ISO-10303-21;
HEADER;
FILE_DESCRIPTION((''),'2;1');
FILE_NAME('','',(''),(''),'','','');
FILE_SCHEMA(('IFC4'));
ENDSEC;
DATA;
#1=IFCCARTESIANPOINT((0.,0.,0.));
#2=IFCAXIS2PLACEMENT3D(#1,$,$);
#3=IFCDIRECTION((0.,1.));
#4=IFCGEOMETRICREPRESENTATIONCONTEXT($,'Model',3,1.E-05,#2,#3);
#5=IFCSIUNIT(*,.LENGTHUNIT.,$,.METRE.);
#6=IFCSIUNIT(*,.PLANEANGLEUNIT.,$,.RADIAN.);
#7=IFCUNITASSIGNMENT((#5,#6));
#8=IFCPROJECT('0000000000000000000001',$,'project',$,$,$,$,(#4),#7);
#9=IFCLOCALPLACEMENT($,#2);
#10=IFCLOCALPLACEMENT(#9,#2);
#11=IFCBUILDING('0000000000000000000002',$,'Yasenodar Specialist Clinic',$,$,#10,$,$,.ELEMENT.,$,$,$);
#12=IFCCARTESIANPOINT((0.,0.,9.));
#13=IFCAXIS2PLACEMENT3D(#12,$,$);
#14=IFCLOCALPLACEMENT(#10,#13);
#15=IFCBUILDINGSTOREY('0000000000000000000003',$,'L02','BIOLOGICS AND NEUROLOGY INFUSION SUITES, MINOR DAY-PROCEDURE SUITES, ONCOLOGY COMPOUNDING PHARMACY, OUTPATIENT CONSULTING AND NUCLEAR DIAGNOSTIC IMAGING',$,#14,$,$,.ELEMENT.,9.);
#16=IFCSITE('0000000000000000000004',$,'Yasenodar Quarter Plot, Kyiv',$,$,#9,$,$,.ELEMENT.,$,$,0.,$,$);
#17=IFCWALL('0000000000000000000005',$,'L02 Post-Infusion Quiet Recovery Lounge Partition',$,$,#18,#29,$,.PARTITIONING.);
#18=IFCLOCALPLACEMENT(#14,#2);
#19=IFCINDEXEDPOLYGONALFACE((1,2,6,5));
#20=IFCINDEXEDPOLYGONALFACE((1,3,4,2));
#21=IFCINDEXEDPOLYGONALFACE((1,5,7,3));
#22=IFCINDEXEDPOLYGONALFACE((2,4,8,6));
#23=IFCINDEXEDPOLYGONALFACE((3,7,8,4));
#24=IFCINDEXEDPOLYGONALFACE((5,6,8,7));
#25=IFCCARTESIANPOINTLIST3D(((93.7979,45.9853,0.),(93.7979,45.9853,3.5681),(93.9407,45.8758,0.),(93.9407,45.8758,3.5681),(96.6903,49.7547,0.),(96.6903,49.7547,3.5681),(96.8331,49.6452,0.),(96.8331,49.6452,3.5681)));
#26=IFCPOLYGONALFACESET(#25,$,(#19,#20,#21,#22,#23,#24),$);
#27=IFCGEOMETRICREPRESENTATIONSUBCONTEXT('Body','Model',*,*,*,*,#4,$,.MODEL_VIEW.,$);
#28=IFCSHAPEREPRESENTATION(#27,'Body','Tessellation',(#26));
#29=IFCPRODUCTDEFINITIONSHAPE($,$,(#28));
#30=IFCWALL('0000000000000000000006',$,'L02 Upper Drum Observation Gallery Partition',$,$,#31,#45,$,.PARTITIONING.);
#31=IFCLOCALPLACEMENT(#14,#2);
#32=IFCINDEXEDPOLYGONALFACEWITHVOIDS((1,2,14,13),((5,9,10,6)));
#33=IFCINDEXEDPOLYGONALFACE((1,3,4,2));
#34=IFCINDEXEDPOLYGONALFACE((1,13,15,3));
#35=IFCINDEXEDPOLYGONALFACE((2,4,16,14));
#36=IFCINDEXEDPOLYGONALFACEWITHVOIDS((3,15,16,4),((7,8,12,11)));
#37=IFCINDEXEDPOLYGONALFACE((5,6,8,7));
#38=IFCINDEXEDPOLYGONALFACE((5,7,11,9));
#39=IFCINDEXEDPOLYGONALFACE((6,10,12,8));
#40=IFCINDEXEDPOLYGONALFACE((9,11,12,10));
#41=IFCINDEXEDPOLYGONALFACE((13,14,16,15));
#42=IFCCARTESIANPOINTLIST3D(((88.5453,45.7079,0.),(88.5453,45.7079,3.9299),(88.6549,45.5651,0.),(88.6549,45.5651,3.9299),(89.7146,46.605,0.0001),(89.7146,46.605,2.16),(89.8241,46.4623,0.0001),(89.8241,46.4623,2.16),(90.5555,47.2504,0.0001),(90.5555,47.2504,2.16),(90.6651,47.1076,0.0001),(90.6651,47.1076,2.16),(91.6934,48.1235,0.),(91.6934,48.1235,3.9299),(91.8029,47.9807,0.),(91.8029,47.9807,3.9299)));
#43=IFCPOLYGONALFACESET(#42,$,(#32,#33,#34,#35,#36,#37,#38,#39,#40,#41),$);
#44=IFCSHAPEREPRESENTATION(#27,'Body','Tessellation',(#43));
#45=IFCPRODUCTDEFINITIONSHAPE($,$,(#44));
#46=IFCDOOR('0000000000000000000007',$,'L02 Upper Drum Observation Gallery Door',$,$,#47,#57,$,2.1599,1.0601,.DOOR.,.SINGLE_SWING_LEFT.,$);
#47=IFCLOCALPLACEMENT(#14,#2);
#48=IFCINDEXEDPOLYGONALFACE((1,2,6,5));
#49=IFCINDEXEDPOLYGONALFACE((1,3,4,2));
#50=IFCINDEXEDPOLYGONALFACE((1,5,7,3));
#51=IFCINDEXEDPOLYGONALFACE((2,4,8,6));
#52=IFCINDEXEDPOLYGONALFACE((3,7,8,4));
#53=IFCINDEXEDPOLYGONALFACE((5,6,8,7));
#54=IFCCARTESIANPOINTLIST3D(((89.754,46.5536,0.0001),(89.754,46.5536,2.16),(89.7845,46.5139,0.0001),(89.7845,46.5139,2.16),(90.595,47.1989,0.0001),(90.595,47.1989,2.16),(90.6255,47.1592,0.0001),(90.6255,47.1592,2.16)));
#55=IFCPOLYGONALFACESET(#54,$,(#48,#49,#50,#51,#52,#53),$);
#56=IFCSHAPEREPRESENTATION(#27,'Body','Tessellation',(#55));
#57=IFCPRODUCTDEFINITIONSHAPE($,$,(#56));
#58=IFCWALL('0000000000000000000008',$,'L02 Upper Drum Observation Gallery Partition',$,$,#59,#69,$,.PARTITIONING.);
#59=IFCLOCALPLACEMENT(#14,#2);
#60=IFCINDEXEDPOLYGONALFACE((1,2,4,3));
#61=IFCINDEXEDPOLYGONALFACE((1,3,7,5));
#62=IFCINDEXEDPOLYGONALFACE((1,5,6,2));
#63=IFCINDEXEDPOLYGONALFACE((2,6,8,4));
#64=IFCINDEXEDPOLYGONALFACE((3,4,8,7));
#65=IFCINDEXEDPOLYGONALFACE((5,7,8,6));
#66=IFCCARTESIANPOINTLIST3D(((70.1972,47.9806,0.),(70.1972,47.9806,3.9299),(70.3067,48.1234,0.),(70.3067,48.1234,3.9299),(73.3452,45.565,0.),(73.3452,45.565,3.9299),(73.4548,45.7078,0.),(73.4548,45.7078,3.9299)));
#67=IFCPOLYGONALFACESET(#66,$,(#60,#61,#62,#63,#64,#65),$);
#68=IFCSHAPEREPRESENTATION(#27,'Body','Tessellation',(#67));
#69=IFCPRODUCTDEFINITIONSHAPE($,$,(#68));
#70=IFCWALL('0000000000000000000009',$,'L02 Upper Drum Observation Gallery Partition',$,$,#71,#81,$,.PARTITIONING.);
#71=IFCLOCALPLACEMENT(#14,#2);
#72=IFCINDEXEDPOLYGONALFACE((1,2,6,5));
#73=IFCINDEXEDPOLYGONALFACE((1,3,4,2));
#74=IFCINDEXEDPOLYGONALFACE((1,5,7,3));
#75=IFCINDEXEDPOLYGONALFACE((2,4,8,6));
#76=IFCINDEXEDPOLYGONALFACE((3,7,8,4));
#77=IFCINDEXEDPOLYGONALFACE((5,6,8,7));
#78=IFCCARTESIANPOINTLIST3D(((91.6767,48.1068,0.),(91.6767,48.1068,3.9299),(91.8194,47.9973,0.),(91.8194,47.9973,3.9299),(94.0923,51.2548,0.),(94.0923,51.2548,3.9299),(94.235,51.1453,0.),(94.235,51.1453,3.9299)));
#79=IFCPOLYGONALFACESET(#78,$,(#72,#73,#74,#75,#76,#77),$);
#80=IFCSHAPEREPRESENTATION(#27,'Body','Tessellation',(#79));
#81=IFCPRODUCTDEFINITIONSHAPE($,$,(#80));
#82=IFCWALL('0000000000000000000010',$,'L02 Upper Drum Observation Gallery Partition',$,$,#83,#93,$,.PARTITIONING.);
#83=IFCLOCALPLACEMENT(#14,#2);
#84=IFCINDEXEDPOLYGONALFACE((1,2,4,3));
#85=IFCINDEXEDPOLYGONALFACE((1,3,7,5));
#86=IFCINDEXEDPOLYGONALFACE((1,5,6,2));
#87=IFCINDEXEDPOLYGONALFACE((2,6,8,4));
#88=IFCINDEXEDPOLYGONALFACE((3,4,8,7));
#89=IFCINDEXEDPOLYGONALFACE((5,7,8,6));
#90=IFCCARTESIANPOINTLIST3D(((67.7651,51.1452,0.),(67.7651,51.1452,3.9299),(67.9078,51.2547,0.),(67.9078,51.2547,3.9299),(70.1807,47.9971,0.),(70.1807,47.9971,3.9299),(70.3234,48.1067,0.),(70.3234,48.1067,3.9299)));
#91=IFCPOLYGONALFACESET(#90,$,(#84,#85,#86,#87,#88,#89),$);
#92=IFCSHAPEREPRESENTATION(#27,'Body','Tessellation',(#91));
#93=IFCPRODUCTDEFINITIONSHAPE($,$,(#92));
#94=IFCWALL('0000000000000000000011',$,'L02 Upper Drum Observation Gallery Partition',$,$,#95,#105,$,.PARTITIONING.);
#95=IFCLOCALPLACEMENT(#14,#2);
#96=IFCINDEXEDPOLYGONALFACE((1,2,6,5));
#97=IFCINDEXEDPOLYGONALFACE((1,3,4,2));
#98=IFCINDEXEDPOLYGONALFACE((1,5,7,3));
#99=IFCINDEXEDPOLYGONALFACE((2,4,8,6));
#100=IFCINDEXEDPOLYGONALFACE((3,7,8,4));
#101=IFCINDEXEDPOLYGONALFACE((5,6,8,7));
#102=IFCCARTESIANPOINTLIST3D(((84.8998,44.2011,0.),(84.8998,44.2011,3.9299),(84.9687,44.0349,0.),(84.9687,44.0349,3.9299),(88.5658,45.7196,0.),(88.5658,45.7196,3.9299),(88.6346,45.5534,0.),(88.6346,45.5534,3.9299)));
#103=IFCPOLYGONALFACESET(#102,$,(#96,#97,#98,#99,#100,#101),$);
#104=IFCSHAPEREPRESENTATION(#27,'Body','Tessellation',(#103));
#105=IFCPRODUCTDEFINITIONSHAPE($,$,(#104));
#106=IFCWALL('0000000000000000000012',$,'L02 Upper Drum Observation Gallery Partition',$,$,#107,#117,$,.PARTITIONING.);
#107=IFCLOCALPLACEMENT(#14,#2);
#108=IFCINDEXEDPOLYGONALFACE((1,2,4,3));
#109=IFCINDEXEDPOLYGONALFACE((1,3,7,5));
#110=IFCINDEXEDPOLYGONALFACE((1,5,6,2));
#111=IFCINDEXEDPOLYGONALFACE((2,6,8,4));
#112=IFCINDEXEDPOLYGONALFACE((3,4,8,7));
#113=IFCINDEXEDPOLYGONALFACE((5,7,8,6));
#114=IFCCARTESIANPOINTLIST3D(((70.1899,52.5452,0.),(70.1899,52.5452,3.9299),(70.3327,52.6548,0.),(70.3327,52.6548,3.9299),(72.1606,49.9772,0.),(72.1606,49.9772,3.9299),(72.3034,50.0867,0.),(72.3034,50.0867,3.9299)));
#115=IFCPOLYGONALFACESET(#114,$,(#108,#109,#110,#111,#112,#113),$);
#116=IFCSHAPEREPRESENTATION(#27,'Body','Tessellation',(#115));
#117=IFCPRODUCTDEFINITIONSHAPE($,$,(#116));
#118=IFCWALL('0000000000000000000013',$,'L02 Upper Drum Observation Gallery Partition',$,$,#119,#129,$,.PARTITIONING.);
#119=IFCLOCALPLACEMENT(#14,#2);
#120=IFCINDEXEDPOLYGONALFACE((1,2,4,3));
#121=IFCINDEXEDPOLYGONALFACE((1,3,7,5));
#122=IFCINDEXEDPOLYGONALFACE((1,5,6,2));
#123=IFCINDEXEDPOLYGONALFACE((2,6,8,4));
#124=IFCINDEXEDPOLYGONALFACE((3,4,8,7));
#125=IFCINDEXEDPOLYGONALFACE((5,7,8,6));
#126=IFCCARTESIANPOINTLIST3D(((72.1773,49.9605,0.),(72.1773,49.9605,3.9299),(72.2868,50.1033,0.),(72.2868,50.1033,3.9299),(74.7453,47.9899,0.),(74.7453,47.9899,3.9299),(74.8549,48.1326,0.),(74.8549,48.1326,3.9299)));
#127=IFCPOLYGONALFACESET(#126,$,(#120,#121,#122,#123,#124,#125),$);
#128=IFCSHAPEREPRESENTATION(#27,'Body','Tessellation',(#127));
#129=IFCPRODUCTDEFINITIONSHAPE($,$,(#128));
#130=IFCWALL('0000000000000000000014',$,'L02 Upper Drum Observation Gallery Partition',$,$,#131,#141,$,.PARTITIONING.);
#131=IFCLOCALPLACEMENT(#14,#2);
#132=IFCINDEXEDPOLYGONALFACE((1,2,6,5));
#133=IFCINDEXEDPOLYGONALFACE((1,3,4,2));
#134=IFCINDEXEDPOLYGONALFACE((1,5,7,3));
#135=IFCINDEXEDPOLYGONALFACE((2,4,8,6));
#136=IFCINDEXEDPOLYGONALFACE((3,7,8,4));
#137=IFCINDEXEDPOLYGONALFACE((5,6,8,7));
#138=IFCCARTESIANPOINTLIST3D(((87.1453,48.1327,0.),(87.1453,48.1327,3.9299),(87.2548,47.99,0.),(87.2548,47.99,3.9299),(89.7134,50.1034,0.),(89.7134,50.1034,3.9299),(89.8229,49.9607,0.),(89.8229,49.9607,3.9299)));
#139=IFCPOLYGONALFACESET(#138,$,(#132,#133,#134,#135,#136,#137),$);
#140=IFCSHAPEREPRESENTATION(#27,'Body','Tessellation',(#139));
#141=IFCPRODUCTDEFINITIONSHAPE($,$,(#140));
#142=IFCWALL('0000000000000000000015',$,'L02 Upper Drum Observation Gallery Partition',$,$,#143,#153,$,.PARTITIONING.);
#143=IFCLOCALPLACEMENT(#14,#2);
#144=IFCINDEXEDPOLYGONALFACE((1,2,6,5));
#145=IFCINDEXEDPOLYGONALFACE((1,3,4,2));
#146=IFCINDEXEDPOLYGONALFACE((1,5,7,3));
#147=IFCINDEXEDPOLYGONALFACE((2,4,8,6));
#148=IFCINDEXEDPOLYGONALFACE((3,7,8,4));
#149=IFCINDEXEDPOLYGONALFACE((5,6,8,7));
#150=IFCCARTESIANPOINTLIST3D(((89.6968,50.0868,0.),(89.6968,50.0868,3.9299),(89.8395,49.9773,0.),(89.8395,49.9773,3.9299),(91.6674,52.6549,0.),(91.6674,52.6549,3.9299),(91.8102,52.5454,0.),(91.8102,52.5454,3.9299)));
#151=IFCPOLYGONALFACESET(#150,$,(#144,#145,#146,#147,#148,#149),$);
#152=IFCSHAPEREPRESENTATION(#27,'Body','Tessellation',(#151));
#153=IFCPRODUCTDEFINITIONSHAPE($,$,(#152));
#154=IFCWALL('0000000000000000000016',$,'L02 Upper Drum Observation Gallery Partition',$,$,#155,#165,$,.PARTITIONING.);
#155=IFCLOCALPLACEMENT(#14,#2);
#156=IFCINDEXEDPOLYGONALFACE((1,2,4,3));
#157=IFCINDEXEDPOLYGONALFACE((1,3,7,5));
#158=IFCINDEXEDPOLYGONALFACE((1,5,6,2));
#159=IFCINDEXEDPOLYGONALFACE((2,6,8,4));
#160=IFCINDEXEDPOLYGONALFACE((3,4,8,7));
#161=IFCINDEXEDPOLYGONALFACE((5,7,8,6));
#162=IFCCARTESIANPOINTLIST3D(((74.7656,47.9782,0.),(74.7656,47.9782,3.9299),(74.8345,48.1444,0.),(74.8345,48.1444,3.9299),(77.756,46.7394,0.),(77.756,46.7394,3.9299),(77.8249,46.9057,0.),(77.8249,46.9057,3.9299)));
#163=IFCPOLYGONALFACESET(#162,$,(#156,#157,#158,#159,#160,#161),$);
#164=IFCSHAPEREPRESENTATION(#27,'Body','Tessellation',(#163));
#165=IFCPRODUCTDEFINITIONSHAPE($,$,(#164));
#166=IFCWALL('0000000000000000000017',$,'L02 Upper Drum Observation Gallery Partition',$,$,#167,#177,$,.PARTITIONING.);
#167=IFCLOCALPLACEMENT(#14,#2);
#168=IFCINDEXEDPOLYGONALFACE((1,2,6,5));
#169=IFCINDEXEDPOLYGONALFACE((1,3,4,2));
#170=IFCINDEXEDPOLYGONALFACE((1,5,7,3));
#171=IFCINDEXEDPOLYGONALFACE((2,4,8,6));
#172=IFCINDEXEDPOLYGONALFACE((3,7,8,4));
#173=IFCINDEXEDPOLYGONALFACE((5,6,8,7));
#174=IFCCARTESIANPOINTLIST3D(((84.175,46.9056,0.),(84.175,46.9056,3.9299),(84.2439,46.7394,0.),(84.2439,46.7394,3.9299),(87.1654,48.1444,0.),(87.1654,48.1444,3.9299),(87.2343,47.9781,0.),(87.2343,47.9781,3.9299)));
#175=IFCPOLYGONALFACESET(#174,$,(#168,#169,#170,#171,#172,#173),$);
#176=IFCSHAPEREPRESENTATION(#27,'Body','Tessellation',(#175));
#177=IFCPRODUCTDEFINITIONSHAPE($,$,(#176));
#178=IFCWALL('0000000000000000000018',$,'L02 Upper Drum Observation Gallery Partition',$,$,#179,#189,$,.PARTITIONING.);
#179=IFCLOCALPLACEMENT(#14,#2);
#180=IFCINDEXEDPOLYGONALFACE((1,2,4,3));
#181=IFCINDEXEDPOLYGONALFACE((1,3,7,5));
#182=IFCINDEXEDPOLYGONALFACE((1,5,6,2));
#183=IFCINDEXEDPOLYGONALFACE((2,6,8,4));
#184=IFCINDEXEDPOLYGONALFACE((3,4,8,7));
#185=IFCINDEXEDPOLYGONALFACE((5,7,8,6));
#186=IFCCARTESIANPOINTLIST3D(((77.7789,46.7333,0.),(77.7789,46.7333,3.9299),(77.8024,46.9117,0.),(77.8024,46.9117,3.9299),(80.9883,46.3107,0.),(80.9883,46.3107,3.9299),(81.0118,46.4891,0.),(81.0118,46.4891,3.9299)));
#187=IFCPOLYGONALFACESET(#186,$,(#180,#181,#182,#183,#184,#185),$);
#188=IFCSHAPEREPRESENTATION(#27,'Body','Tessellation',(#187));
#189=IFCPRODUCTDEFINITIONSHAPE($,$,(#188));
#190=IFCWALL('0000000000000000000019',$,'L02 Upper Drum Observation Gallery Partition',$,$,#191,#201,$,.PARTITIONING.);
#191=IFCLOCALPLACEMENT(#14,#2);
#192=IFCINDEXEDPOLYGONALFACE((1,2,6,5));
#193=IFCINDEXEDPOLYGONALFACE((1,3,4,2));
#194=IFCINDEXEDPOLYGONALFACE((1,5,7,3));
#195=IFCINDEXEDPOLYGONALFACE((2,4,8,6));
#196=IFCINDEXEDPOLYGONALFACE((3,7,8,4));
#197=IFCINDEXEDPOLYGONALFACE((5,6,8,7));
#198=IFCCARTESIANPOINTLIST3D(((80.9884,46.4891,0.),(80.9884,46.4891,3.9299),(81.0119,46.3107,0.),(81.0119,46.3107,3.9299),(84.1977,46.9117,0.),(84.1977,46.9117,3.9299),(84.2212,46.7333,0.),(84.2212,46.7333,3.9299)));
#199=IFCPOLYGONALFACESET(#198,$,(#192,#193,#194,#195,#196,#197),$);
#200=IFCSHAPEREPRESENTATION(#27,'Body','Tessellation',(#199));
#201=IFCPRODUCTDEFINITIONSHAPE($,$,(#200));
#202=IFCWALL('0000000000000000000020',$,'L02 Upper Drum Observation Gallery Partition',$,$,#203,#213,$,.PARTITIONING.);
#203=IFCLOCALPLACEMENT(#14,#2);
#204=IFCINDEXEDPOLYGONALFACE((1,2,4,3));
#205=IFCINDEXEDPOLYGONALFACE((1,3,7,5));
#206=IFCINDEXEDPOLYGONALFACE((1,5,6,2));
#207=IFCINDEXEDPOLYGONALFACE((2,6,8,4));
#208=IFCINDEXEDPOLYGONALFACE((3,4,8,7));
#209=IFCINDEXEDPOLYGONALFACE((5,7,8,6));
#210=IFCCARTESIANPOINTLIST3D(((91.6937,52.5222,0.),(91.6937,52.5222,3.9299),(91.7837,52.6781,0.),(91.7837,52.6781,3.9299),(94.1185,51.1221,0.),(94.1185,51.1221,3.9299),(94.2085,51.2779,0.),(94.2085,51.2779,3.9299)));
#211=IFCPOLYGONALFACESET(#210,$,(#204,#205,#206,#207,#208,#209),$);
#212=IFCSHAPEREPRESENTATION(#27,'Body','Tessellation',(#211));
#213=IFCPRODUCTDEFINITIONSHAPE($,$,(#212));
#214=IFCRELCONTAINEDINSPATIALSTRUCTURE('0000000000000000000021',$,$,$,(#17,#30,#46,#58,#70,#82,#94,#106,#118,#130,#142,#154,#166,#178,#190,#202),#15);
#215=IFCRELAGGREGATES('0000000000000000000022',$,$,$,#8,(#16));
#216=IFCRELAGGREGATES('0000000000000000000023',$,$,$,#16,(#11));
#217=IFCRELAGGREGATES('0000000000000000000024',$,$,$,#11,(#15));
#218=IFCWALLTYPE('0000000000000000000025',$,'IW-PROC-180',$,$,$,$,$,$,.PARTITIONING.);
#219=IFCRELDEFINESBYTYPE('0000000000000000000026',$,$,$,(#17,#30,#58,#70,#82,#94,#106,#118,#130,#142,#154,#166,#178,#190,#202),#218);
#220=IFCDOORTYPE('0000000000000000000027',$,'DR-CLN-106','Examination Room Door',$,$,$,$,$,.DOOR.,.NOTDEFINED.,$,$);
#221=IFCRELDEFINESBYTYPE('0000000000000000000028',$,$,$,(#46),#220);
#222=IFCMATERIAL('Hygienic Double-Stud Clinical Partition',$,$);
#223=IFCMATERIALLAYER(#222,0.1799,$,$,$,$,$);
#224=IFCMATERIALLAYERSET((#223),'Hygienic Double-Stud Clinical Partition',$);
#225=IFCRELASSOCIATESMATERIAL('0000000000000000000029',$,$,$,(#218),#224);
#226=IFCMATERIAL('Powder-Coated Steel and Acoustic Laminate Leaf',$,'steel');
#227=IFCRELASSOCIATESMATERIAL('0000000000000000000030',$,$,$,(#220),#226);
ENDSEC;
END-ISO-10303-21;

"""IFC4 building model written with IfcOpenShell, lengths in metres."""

from ifc_helpers import new_model, si_unit, direction, frame, frame_2d, origin, place, context, subcontext, project, spatial, rectangle, extrude, material, layer, layer_set, type_object, element, fill, save


model = new_model("IFC4")

# Units and contexts
model_context = context("Model", 3, precision=1e-05, world=origin(), true_north=direction((0.0, 1.0)))
body_context = subcontext(model_context, "Body", "Model", "MODEL_VIEW")
ifc_project = project(units=[si_unit("LENGTHUNIT", "METRE"), si_unit("PLANEANGLEUNIT", "RADIAN")], contexts=[model_context])

# Site, building, storey
site_placement = place(None, origin())
site = spatial("IfcSite", under=ifc_project, at=site_placement, Name="Yasenodar Quarter Plot, Kyiv", CompositionType="ELEMENT", RefElevation=0.0)
building_placement = place(site_placement, origin())
building = spatial("IfcBuilding", under=site, at=building_placement, Name="Yasenodar Specialist Clinic", CompositionType="ELEMENT")
storey_placement = place(building_placement, frame((0.0, 0.0, 9.0)))
storey = spatial("IfcBuildingStorey", under=building, at=storey_placement, Name="L02", Description="BIOLOGICS AND NEUROLOGY INFUSION SUITES, MINOR DAY-PROCEDURE SUITES, ONCOLOGY COMPOUNDING PHARMACY, OUTPATIENT CONSULTING AND NUCLEAR DIAGNOSTIC IMAGING", CompositionType="ELEMENT", Elevation=9.0)

# Wall
ifc_material_1 = material(Name="Hygienic Double-Stud Clinical Partition")
ifc_layer = layer(ifc_material_1, 0.1799)
ifc_layer_set = layer_set([ifc_layer], Name="Hygienic Double-Stud Clinical Partition")
wall_type = type_object("IfcWallType", Name="IW-PROC-180", PredefinedType="PARTITIONING", material=ifc_layer_set)
wall_1_placement = place(storey_placement, frame((93.8694, 45.9307, 0.0), z_axis=(0.0, 0.0, 1.0), x_axis=(0.608769, 0.793347, 0.0)))
element("IfcWall", 1, at=wall_1_placement, inside=storey, type_object=wall_type, Name="L02 Post-Infusion Quiet Recovery Lounge Partition", PredefinedType="PARTITIONING", context=body_context, shape_type="SweptSolid", body=[
    extrude(rectangle(XDim=4.7512, YDim=0.1799, at=frame_2d((2.3755, 0.0))), origin(), (0.0, 0.0, 1.0), 3.5681),
])

# Wall, opening, door
wall_2_placement = place(storey_placement, frame((91.748, 48.052, 0.0), z_axis=(0.0, 0.0, 1.0), x_axis=(-0.793351, -0.608765, 0.0)))
wall_2 = element("IfcWall", 2, at=wall_2_placement, inside=storey, type_object=wall_type, Name="L02 Upper Drum Observation Gallery Partition", PredefinedType="PARTITIONING", context=body_context, shape_type="SweptSolid", body=[
    extrude(rectangle(XDim=3.968, YDim=0.1799, at=frame_2d((1.9839, 0.0))), origin(), (0.0, 0.0, 1.0), 3.9299),
])
opening_placement = place(wall_2_placement, frame((1.4341, 0.0, 0.0)))
opening = element("IfcOpeningElement", 3, at=opening_placement, cuts=wall_2, PredefinedType="OPENING", context=body_context, shape_type="SweptSolid", body=[
    extrude(rectangle(XDim=1.0601, YDim=2.1599, at=frame_2d((0.53, 1.0801))), frame((0.0, 0.1001, 0.0), z_axis=(0.0, -1.0, 0.0), x_axis=(1.0, 0.0, 0.0)), (0.0, 0.0, 1.0), 0.2),
])
ifc_material_2 = material(Name="Powder-Coated Steel and Acoustic Laminate Leaf", Category="steel")
door_type = type_object("IfcDoorType", Name="DR-CLN-106", Description="Examination Room Door", OperationType="NOTDEFINED", PredefinedType="DOOR", material=ifc_material_2)
door_placement = place(opening_placement, origin())
door = element("IfcDoor", 4, at=door_placement, inside=storey, type_object=door_type, Name="L02 Upper Drum Observation Gallery Door", OperationType="SINGLE_SWING_LEFT", OverallHeight=2.1599, OverallWidth=1.0601, PredefinedType="DOOR", context=body_context, shape_type="SweptSolid", body=[
    extrude(rectangle(XDim=1.0601, YDim=2.1599, at=frame_2d((0.53, 1.0801))), frame((0.0, 0.0249, 0.0), z_axis=(0.0, -1.0, 0.0), x_axis=(1.0, 0.0, 0.0)), (0.0, 0.0, 1.0), 0.05),
])
fill(opening, door)

# Walls
for number, where, z_axis, x_axis, name in (
    (5, (73.3999, 45.6365, 0.0), (0.0, 0.0, 1.0), (-0.793351, 0.608765, 0.0), "L02 Upper Drum Observation Gallery Partition"),
    (6, (94.1636, 51.2, 0.0), (0.0, 0.0, 1.0), (-0.608765, -0.793351, 0.0), "L02 Upper Drum Observation Gallery Partition"),
    (7, (70.252, 48.052, 0.0), (0.0, 0.0, 1.0), (-0.608765, 0.793351, 0.0), "L02 Upper Drum Observation Gallery Partition"),
    (8, (88.6001, 45.6365, 0.0), (0.0, 0.0, 1.0), (-0.923876, -0.382692, 0.0), "L02 Upper Drum Observation Gallery Partition"),
):
    element("IfcWall", number, at=place(storey_placement, frame(where, z_axis=z_axis, x_axis=x_axis)), inside=storey, type_object=wall_type, Name=name, PredefinedType="PARTITIONING", context=body_context, shape_type="SweptSolid", body=[
        extrude(rectangle(XDim=3.968, YDim=0.1799, at=frame_2d((1.9839, 0.0))), origin(), (0.0, 0.0, 1.0), 3.9299),
    ])
for number, where, z_axis, x_axis, name in (
    (9, (70.2612, 52.6001, 0.0), (0.0, 0.0, 1.0), (0.608785, -0.793336, 0.0), "L02 Upper Drum Observation Gallery Partition"),
    (10, (72.2319, 50.032, 0.0), (0.0, 0.0, 1.0), (0.793336, -0.608785, 0.0), "L02 Upper Drum Observation Gallery Partition"),
    (11, (87.2, 48.0613, 0.0), (0.0, 0.0, 1.0), (0.793336, 0.608785, 0.0), "L02 Upper Drum Observation Gallery Partition"),
    (12, (89.7681, 50.032, 0.0), (0.0, 0.0, 1.0), (0.608785, 0.793336, 0.0), "L02 Upper Drum Observation Gallery Partition"),
):
    element("IfcWall", number, at=place(storey_placement, frame(where, z_axis=z_axis, x_axis=x_axis)), inside=storey, type_object=wall_type, Name=name, PredefinedType="PARTITIONING", context=body_context, shape_type="SweptSolid", body=[
        extrude(rectangle(XDim=3.2371, YDim=0.1799, at=frame_2d((1.6187, 0.0))), origin(), (0.0, 0.0, 1.0), 3.9299),
    ])
for number, where, z_axis, x_axis, name in (
    (13, (74.8, 48.0613, 0.0), (0.0, 0.0, 1.0), (0.923872, -0.382703, 0.0), "L02 Upper Drum Observation Gallery Partition"),
    (14, (84.2095, 46.8225, 0.0), (0.0, 0.0, 1.0), (0.923872, 0.382703, 0.0), "L02 Upper Drum Observation Gallery Partition"),
):
    element("IfcWall", number, at=place(storey_placement, frame(where, z_axis=z_axis, x_axis=x_axis)), inside=storey, type_object=wall_type, Name=name, PredefinedType="PARTITIONING", context=body_context, shape_type="SweptSolid", body=[
        extrude(rectangle(XDim=3.2368, YDim=0.1799, at=frame_2d((1.6184, 0.0))), origin(), (0.0, 0.0, 1.0), 3.9299),
    ])
for number, where, z_axis, x_axis, name in (
    (15, (77.7905, 46.8225, 0.0), (0.0, 0.0, 1.0), (0.991442, -0.130548, 0.0), "L02 Upper Drum Observation Gallery Partition"),
    (16, (81.0, 46.3999, 0.0), (0.0, 0.0, 1.0), (0.991442, 0.130548, 0.0), "L02 Upper Drum Observation Gallery Partition"),
):
    element("IfcWall", number, at=place(storey_placement, frame(where, z_axis=z_axis, x_axis=x_axis)), inside=storey, type_object=wall_type, Name=name, PredefinedType="PARTITIONING", context=body_context, shape_type="SweptSolid", body=[
        extrude(rectangle(XDim=3.2371, YDim=0.1799, at=frame_2d((1.6187, 0.0))), origin(), (0.0, 0.0, 1.0), 3.9299),
    ])
wall_3_placement = place(storey_placement, frame((91.7388, 52.6001, 0.0), z_axis=(0.0, 0.0, 1.0), x_axis=(0.865997, -0.50005, 0.0)))
element("IfcWall", 17, at=wall_3_placement, inside=storey, type_object=wall_type, Name="L02 Upper Drum Observation Gallery Partition", PredefinedType="PARTITIONING", context=body_context, shape_type="SweptSolid", body=[
    extrude(rectangle(XDim=2.8, YDim=0.1799, at=frame_2d((1.3999, 0.0))), origin(), (0.0, 0.0, 1.0), 3.9299),
])

save(model, "model.ifc")
